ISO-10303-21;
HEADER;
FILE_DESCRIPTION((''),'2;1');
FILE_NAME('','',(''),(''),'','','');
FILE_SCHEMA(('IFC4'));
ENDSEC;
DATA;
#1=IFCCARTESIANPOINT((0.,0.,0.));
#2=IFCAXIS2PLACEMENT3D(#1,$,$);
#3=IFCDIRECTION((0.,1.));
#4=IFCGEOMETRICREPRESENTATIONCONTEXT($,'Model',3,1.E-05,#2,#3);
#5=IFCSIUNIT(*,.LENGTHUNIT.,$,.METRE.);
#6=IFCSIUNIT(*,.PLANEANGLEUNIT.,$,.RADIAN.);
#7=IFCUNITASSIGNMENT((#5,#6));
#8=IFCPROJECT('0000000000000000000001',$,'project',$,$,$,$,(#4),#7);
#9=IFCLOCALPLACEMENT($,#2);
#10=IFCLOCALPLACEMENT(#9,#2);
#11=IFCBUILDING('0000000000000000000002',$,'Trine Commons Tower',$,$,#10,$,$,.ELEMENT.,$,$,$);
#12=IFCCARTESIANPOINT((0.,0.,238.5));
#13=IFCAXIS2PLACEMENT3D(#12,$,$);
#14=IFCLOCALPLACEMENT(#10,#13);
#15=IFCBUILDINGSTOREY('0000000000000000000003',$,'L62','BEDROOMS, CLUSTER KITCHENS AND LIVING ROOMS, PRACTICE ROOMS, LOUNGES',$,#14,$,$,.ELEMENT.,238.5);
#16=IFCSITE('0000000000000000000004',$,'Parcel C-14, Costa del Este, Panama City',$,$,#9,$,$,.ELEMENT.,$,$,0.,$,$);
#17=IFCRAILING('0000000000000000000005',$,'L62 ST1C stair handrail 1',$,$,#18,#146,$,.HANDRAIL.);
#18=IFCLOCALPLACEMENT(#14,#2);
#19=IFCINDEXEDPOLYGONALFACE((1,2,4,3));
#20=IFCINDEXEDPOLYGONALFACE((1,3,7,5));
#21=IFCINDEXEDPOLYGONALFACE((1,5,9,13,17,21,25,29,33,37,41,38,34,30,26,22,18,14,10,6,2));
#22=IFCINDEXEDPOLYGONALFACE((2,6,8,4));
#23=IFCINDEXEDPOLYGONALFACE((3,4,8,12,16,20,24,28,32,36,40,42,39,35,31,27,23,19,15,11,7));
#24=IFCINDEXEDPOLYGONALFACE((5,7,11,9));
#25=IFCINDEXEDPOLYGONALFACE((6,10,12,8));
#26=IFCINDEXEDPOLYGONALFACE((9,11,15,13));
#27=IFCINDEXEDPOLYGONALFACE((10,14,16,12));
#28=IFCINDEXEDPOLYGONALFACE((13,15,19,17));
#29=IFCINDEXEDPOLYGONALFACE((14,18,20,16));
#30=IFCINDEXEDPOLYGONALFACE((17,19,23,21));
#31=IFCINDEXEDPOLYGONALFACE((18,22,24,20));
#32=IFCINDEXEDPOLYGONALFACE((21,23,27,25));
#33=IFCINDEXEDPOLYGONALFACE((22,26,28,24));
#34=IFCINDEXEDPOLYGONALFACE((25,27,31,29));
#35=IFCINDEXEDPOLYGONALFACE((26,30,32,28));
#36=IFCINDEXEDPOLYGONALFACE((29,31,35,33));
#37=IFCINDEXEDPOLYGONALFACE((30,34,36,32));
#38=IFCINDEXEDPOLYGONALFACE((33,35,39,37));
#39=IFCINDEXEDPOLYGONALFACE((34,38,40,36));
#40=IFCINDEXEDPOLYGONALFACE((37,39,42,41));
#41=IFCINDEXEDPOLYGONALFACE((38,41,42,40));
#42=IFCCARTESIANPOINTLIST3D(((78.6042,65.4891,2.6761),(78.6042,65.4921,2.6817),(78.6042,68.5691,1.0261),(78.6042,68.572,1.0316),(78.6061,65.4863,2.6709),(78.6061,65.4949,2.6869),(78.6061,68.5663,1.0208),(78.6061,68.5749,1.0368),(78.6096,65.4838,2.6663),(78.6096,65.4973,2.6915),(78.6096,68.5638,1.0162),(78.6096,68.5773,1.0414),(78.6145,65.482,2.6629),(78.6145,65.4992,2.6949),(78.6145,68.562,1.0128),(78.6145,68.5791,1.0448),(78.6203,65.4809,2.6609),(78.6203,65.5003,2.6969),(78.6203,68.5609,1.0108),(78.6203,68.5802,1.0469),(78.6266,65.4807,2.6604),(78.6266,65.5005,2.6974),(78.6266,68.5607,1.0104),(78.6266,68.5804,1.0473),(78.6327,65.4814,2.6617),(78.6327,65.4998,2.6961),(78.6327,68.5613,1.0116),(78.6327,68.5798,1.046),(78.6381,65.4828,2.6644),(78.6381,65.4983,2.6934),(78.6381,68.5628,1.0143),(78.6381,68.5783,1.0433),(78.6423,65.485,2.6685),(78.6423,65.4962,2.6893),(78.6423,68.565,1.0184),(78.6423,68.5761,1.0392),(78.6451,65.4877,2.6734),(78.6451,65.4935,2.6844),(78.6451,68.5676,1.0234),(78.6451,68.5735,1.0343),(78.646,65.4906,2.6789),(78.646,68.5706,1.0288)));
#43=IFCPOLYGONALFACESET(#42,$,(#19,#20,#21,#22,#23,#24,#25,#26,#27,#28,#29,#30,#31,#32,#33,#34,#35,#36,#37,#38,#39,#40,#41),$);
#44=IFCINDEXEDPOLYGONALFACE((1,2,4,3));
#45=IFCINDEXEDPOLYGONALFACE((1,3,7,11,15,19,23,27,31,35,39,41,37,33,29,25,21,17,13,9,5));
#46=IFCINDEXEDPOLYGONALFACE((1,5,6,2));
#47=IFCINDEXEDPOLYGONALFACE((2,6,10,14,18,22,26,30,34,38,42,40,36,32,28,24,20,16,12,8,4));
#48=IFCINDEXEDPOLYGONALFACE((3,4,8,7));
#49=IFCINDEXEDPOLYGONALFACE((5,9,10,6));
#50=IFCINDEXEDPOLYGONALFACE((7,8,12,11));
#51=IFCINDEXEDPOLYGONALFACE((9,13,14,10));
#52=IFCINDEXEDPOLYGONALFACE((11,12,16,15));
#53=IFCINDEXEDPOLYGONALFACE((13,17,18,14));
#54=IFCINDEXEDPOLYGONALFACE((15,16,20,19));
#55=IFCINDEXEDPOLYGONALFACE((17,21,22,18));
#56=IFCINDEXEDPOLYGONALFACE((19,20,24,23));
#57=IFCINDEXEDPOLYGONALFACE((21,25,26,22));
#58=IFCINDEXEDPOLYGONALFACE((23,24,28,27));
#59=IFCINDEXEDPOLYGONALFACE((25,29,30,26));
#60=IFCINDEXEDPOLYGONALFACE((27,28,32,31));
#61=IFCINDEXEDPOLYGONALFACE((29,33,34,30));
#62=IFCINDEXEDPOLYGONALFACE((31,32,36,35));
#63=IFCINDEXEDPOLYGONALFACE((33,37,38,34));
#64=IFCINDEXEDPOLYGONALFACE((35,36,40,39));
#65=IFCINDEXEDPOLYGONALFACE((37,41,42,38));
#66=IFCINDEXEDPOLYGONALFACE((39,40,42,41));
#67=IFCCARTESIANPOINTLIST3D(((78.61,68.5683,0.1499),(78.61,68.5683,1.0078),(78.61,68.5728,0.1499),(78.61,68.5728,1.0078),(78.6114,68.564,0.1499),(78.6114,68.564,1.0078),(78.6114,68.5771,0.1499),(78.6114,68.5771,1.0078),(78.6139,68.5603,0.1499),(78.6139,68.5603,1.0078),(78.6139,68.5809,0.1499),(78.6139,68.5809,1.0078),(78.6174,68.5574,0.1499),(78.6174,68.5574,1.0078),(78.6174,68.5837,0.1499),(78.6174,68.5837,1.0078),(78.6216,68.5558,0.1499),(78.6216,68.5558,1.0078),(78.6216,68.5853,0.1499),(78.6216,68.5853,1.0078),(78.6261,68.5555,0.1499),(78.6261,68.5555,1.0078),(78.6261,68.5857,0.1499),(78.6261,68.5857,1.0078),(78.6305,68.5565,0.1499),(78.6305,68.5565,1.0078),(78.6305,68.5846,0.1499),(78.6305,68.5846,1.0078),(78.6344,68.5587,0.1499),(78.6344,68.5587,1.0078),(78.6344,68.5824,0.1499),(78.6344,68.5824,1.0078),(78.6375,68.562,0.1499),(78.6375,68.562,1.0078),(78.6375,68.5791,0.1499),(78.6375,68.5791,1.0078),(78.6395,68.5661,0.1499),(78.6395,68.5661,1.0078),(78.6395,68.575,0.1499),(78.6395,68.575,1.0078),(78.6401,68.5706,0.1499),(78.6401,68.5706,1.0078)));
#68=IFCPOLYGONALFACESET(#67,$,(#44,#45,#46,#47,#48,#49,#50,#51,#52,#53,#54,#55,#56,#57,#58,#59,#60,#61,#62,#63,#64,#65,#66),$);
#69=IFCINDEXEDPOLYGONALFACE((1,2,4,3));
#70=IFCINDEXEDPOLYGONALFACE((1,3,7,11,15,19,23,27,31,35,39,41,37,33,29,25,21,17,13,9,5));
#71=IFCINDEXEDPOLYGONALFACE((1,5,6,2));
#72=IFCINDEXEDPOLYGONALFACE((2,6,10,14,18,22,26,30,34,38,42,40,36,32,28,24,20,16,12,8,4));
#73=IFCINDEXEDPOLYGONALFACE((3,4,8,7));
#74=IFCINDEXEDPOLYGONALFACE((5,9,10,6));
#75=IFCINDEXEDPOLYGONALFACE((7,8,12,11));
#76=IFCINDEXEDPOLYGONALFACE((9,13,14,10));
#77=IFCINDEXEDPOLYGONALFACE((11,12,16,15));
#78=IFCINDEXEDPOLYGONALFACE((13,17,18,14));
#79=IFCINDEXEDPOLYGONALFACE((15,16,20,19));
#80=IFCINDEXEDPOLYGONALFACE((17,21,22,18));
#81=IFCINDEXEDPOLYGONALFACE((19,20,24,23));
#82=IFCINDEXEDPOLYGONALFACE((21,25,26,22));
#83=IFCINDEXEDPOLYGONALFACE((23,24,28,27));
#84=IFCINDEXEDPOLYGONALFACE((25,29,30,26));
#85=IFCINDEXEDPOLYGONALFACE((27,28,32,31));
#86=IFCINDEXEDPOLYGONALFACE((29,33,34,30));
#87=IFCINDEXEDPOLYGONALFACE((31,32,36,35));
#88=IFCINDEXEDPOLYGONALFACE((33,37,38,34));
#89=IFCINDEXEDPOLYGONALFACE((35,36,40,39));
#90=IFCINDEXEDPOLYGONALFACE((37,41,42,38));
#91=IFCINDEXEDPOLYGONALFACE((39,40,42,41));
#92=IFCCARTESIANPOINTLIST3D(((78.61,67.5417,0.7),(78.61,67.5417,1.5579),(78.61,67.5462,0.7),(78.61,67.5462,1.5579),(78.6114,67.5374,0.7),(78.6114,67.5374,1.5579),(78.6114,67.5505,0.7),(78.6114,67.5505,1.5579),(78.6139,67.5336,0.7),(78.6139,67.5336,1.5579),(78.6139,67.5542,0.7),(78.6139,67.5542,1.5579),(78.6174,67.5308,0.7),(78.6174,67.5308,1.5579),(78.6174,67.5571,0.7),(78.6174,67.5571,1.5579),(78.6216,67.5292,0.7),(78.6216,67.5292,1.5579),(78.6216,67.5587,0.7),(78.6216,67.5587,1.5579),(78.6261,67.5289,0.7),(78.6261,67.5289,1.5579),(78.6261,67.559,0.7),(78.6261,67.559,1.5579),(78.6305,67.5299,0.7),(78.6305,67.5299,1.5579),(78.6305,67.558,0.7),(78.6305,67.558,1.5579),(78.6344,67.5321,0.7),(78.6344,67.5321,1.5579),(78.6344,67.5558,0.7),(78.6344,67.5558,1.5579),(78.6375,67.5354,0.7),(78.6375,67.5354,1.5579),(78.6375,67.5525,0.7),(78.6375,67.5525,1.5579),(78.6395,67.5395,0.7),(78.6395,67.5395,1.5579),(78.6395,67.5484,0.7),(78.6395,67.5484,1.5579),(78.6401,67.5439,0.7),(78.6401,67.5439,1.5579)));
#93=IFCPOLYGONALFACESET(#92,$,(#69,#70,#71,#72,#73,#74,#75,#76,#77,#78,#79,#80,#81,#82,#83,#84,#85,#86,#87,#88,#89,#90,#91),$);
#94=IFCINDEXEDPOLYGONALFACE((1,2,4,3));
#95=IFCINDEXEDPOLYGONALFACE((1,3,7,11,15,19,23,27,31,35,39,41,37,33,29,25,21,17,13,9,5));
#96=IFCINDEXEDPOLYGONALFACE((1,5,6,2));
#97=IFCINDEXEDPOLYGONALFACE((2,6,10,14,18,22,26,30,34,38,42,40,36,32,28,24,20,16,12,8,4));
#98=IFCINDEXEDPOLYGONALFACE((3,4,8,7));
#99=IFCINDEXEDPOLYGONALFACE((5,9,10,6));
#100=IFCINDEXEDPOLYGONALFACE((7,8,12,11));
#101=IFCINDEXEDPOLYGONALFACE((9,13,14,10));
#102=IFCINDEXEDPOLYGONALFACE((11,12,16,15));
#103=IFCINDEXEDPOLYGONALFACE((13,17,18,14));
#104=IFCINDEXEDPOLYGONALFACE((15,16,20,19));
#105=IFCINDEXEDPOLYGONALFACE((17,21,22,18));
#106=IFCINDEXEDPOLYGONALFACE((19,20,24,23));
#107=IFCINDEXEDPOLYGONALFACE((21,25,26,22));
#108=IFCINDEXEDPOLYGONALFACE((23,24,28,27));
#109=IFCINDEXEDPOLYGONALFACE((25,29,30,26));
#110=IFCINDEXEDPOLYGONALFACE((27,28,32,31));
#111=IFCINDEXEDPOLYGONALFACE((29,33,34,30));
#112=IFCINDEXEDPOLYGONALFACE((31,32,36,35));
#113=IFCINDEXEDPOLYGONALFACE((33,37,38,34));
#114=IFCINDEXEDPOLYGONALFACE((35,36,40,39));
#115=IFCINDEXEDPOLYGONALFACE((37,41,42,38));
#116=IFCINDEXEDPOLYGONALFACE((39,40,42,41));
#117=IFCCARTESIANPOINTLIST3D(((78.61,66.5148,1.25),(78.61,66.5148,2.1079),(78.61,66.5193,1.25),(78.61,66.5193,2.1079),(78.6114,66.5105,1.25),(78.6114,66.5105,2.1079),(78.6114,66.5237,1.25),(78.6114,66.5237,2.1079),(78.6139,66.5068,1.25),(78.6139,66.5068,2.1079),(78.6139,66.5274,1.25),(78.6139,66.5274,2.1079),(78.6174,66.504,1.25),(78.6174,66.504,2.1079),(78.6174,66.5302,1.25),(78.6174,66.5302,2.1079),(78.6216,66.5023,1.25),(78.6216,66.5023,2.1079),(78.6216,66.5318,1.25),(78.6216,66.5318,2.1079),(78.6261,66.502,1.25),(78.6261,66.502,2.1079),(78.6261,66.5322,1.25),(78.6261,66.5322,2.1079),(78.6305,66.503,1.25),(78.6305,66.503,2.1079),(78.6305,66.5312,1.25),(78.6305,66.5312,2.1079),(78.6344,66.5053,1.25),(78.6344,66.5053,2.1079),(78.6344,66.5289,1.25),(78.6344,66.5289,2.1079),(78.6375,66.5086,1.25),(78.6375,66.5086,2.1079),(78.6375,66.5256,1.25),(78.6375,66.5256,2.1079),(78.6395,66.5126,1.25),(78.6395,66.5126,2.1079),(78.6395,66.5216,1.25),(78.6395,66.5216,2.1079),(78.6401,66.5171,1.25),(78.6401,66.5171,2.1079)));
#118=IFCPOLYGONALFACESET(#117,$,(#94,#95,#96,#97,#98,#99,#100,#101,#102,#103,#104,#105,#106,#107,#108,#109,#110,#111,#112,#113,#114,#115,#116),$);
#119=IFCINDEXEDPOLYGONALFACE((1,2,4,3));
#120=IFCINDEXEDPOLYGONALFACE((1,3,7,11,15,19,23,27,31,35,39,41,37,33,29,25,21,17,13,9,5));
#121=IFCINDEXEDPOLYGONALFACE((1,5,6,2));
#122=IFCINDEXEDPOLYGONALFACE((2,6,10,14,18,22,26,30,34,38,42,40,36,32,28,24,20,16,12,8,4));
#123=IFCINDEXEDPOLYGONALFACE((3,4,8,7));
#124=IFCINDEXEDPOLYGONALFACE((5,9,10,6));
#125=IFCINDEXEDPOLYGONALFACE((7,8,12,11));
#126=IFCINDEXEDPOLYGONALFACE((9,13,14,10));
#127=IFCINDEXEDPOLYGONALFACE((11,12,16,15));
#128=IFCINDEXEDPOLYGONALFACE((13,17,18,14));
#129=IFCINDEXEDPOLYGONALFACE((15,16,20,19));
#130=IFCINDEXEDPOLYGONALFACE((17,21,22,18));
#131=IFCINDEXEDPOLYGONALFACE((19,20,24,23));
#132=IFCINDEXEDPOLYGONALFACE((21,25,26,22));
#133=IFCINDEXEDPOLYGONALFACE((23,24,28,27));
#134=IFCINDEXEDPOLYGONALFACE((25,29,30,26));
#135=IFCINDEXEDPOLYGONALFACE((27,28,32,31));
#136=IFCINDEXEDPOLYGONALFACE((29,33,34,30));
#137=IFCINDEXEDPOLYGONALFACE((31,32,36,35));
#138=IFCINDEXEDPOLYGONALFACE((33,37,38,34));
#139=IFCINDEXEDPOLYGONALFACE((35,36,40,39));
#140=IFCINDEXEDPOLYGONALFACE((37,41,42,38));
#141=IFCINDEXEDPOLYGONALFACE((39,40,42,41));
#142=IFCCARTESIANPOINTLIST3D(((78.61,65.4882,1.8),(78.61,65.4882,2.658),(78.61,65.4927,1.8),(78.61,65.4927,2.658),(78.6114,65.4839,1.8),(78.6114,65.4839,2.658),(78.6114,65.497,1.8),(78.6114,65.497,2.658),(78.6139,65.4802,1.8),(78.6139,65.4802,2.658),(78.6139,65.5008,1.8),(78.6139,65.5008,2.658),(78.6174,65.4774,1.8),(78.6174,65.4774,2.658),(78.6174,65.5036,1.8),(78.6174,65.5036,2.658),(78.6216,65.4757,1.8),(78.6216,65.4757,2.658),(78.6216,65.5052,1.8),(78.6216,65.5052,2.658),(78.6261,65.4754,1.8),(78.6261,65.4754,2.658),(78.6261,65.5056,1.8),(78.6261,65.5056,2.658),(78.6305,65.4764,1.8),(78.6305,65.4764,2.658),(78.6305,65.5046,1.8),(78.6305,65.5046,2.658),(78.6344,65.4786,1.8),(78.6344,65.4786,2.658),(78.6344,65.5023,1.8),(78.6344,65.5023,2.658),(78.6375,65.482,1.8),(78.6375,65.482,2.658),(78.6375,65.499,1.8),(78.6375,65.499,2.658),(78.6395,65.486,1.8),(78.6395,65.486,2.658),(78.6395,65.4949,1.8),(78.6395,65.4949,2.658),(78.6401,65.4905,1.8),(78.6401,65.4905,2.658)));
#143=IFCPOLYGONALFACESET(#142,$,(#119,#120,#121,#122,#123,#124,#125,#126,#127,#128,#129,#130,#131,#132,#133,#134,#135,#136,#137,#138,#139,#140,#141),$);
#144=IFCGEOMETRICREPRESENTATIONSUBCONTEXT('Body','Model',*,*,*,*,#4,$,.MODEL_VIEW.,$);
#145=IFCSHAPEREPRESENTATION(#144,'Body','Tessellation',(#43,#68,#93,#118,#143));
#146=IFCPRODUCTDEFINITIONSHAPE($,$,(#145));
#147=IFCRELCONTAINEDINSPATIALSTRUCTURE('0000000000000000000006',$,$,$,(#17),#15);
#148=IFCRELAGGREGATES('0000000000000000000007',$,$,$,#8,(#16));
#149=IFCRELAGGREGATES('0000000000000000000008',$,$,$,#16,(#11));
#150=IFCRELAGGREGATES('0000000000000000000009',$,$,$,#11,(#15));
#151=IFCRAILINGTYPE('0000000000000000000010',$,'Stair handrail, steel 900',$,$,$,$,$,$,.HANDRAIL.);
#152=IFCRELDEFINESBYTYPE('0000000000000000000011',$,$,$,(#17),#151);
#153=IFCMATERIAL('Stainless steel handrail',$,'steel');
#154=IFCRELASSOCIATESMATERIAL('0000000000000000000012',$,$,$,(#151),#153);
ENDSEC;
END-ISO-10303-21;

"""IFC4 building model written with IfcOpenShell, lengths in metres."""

from ifc_helpers import new_model, si_unit, direction, frame, origin, origin_2d, place, context, subcontext, project, spatial, circle, extrude, material, type_object, element, save


model = new_model("IFC4")

# Units and contexts
model_context = context("Model", 3, precision=1e-05, world=origin(), true_north=direction((0.0, 1.0)))
body_context = subcontext(model_context, "Body", "Model", "MODEL_VIEW")
ifc_project = project(units=[si_unit("LENGTHUNIT", "METRE"), si_unit("PLANEANGLEUNIT", "RADIAN")], contexts=[model_context])

# Site, building, storey
site_placement = place(None, origin())
site = spatial("IfcSite", under=ifc_project, at=site_placement, Name="Parcel C-14, Costa del Este, Panama City", CompositionType="ELEMENT", RefElevation=0.0)
building_placement = place(site_placement, origin())
building = spatial("IfcBuilding", under=site, at=building_placement, Name="Trine Commons Tower", CompositionType="ELEMENT")
storey_placement = place(building_placement, frame((0.0, 0.0, 238.5)))
storey = spatial("IfcBuildingStorey", under=building, at=storey_placement, Name="L62", Description="BEDROOMS, CLUSTER KITCHENS AND LIVING ROOMS, PRACTICE ROOMS, LOUNGES", CompositionType="ELEMENT", Elevation=238.5)

# Railing
ifc_material_1 = material(Name="Stainless steel handrail", Category="steel")
railing_type = type_object("IfcRailingType", Name="Stair handrail, steel 900", PredefinedType="HANDRAIL", material=ifc_material_1)
railing_placement = place(storey_placement, frame((78.625, 68.5706, 0.1499)))
element("IfcRailing", 1, at=railing_placement, inside=storey, type_object=railing_type, Name="L62 ST1C stair handrail 1", PredefinedType="HANDRAIL", context=body_context, shape_type="SweptSolid", body=[
    extrude(circle(Radius=0.021, at=origin_2d()), frame((0.0, 0.0, 0.8789), z_axis=(0.0, -0.881468, 0.472245), x_axis=(1.0, 0.0, 0.0)), (0.0, 0.0, 1.0), 3.4941),
    extrude(circle(Radius=0.0151, at=origin_2d()), origin(), (0.0, 0.0, 1.0), 0.8579),
    extrude(circle(Radius=0.0151, at=origin_2d()), frame((0.0, -1.0266, 0.55)), (0.0, 0.0, 1.0), 0.8579),
    extrude(circle(Radius=0.0151, at=origin_2d()), frame((0.0, -2.0535, 1.1001)), (0.0, 0.0, 1.0), 0.8579),
    extrude(circle(Radius=0.0151, at=origin_2d()), frame((0.0, -3.0801, 1.6501)), (0.0, 0.0, 1.0), 0.8579),
])

save(model, "model.ifc")
